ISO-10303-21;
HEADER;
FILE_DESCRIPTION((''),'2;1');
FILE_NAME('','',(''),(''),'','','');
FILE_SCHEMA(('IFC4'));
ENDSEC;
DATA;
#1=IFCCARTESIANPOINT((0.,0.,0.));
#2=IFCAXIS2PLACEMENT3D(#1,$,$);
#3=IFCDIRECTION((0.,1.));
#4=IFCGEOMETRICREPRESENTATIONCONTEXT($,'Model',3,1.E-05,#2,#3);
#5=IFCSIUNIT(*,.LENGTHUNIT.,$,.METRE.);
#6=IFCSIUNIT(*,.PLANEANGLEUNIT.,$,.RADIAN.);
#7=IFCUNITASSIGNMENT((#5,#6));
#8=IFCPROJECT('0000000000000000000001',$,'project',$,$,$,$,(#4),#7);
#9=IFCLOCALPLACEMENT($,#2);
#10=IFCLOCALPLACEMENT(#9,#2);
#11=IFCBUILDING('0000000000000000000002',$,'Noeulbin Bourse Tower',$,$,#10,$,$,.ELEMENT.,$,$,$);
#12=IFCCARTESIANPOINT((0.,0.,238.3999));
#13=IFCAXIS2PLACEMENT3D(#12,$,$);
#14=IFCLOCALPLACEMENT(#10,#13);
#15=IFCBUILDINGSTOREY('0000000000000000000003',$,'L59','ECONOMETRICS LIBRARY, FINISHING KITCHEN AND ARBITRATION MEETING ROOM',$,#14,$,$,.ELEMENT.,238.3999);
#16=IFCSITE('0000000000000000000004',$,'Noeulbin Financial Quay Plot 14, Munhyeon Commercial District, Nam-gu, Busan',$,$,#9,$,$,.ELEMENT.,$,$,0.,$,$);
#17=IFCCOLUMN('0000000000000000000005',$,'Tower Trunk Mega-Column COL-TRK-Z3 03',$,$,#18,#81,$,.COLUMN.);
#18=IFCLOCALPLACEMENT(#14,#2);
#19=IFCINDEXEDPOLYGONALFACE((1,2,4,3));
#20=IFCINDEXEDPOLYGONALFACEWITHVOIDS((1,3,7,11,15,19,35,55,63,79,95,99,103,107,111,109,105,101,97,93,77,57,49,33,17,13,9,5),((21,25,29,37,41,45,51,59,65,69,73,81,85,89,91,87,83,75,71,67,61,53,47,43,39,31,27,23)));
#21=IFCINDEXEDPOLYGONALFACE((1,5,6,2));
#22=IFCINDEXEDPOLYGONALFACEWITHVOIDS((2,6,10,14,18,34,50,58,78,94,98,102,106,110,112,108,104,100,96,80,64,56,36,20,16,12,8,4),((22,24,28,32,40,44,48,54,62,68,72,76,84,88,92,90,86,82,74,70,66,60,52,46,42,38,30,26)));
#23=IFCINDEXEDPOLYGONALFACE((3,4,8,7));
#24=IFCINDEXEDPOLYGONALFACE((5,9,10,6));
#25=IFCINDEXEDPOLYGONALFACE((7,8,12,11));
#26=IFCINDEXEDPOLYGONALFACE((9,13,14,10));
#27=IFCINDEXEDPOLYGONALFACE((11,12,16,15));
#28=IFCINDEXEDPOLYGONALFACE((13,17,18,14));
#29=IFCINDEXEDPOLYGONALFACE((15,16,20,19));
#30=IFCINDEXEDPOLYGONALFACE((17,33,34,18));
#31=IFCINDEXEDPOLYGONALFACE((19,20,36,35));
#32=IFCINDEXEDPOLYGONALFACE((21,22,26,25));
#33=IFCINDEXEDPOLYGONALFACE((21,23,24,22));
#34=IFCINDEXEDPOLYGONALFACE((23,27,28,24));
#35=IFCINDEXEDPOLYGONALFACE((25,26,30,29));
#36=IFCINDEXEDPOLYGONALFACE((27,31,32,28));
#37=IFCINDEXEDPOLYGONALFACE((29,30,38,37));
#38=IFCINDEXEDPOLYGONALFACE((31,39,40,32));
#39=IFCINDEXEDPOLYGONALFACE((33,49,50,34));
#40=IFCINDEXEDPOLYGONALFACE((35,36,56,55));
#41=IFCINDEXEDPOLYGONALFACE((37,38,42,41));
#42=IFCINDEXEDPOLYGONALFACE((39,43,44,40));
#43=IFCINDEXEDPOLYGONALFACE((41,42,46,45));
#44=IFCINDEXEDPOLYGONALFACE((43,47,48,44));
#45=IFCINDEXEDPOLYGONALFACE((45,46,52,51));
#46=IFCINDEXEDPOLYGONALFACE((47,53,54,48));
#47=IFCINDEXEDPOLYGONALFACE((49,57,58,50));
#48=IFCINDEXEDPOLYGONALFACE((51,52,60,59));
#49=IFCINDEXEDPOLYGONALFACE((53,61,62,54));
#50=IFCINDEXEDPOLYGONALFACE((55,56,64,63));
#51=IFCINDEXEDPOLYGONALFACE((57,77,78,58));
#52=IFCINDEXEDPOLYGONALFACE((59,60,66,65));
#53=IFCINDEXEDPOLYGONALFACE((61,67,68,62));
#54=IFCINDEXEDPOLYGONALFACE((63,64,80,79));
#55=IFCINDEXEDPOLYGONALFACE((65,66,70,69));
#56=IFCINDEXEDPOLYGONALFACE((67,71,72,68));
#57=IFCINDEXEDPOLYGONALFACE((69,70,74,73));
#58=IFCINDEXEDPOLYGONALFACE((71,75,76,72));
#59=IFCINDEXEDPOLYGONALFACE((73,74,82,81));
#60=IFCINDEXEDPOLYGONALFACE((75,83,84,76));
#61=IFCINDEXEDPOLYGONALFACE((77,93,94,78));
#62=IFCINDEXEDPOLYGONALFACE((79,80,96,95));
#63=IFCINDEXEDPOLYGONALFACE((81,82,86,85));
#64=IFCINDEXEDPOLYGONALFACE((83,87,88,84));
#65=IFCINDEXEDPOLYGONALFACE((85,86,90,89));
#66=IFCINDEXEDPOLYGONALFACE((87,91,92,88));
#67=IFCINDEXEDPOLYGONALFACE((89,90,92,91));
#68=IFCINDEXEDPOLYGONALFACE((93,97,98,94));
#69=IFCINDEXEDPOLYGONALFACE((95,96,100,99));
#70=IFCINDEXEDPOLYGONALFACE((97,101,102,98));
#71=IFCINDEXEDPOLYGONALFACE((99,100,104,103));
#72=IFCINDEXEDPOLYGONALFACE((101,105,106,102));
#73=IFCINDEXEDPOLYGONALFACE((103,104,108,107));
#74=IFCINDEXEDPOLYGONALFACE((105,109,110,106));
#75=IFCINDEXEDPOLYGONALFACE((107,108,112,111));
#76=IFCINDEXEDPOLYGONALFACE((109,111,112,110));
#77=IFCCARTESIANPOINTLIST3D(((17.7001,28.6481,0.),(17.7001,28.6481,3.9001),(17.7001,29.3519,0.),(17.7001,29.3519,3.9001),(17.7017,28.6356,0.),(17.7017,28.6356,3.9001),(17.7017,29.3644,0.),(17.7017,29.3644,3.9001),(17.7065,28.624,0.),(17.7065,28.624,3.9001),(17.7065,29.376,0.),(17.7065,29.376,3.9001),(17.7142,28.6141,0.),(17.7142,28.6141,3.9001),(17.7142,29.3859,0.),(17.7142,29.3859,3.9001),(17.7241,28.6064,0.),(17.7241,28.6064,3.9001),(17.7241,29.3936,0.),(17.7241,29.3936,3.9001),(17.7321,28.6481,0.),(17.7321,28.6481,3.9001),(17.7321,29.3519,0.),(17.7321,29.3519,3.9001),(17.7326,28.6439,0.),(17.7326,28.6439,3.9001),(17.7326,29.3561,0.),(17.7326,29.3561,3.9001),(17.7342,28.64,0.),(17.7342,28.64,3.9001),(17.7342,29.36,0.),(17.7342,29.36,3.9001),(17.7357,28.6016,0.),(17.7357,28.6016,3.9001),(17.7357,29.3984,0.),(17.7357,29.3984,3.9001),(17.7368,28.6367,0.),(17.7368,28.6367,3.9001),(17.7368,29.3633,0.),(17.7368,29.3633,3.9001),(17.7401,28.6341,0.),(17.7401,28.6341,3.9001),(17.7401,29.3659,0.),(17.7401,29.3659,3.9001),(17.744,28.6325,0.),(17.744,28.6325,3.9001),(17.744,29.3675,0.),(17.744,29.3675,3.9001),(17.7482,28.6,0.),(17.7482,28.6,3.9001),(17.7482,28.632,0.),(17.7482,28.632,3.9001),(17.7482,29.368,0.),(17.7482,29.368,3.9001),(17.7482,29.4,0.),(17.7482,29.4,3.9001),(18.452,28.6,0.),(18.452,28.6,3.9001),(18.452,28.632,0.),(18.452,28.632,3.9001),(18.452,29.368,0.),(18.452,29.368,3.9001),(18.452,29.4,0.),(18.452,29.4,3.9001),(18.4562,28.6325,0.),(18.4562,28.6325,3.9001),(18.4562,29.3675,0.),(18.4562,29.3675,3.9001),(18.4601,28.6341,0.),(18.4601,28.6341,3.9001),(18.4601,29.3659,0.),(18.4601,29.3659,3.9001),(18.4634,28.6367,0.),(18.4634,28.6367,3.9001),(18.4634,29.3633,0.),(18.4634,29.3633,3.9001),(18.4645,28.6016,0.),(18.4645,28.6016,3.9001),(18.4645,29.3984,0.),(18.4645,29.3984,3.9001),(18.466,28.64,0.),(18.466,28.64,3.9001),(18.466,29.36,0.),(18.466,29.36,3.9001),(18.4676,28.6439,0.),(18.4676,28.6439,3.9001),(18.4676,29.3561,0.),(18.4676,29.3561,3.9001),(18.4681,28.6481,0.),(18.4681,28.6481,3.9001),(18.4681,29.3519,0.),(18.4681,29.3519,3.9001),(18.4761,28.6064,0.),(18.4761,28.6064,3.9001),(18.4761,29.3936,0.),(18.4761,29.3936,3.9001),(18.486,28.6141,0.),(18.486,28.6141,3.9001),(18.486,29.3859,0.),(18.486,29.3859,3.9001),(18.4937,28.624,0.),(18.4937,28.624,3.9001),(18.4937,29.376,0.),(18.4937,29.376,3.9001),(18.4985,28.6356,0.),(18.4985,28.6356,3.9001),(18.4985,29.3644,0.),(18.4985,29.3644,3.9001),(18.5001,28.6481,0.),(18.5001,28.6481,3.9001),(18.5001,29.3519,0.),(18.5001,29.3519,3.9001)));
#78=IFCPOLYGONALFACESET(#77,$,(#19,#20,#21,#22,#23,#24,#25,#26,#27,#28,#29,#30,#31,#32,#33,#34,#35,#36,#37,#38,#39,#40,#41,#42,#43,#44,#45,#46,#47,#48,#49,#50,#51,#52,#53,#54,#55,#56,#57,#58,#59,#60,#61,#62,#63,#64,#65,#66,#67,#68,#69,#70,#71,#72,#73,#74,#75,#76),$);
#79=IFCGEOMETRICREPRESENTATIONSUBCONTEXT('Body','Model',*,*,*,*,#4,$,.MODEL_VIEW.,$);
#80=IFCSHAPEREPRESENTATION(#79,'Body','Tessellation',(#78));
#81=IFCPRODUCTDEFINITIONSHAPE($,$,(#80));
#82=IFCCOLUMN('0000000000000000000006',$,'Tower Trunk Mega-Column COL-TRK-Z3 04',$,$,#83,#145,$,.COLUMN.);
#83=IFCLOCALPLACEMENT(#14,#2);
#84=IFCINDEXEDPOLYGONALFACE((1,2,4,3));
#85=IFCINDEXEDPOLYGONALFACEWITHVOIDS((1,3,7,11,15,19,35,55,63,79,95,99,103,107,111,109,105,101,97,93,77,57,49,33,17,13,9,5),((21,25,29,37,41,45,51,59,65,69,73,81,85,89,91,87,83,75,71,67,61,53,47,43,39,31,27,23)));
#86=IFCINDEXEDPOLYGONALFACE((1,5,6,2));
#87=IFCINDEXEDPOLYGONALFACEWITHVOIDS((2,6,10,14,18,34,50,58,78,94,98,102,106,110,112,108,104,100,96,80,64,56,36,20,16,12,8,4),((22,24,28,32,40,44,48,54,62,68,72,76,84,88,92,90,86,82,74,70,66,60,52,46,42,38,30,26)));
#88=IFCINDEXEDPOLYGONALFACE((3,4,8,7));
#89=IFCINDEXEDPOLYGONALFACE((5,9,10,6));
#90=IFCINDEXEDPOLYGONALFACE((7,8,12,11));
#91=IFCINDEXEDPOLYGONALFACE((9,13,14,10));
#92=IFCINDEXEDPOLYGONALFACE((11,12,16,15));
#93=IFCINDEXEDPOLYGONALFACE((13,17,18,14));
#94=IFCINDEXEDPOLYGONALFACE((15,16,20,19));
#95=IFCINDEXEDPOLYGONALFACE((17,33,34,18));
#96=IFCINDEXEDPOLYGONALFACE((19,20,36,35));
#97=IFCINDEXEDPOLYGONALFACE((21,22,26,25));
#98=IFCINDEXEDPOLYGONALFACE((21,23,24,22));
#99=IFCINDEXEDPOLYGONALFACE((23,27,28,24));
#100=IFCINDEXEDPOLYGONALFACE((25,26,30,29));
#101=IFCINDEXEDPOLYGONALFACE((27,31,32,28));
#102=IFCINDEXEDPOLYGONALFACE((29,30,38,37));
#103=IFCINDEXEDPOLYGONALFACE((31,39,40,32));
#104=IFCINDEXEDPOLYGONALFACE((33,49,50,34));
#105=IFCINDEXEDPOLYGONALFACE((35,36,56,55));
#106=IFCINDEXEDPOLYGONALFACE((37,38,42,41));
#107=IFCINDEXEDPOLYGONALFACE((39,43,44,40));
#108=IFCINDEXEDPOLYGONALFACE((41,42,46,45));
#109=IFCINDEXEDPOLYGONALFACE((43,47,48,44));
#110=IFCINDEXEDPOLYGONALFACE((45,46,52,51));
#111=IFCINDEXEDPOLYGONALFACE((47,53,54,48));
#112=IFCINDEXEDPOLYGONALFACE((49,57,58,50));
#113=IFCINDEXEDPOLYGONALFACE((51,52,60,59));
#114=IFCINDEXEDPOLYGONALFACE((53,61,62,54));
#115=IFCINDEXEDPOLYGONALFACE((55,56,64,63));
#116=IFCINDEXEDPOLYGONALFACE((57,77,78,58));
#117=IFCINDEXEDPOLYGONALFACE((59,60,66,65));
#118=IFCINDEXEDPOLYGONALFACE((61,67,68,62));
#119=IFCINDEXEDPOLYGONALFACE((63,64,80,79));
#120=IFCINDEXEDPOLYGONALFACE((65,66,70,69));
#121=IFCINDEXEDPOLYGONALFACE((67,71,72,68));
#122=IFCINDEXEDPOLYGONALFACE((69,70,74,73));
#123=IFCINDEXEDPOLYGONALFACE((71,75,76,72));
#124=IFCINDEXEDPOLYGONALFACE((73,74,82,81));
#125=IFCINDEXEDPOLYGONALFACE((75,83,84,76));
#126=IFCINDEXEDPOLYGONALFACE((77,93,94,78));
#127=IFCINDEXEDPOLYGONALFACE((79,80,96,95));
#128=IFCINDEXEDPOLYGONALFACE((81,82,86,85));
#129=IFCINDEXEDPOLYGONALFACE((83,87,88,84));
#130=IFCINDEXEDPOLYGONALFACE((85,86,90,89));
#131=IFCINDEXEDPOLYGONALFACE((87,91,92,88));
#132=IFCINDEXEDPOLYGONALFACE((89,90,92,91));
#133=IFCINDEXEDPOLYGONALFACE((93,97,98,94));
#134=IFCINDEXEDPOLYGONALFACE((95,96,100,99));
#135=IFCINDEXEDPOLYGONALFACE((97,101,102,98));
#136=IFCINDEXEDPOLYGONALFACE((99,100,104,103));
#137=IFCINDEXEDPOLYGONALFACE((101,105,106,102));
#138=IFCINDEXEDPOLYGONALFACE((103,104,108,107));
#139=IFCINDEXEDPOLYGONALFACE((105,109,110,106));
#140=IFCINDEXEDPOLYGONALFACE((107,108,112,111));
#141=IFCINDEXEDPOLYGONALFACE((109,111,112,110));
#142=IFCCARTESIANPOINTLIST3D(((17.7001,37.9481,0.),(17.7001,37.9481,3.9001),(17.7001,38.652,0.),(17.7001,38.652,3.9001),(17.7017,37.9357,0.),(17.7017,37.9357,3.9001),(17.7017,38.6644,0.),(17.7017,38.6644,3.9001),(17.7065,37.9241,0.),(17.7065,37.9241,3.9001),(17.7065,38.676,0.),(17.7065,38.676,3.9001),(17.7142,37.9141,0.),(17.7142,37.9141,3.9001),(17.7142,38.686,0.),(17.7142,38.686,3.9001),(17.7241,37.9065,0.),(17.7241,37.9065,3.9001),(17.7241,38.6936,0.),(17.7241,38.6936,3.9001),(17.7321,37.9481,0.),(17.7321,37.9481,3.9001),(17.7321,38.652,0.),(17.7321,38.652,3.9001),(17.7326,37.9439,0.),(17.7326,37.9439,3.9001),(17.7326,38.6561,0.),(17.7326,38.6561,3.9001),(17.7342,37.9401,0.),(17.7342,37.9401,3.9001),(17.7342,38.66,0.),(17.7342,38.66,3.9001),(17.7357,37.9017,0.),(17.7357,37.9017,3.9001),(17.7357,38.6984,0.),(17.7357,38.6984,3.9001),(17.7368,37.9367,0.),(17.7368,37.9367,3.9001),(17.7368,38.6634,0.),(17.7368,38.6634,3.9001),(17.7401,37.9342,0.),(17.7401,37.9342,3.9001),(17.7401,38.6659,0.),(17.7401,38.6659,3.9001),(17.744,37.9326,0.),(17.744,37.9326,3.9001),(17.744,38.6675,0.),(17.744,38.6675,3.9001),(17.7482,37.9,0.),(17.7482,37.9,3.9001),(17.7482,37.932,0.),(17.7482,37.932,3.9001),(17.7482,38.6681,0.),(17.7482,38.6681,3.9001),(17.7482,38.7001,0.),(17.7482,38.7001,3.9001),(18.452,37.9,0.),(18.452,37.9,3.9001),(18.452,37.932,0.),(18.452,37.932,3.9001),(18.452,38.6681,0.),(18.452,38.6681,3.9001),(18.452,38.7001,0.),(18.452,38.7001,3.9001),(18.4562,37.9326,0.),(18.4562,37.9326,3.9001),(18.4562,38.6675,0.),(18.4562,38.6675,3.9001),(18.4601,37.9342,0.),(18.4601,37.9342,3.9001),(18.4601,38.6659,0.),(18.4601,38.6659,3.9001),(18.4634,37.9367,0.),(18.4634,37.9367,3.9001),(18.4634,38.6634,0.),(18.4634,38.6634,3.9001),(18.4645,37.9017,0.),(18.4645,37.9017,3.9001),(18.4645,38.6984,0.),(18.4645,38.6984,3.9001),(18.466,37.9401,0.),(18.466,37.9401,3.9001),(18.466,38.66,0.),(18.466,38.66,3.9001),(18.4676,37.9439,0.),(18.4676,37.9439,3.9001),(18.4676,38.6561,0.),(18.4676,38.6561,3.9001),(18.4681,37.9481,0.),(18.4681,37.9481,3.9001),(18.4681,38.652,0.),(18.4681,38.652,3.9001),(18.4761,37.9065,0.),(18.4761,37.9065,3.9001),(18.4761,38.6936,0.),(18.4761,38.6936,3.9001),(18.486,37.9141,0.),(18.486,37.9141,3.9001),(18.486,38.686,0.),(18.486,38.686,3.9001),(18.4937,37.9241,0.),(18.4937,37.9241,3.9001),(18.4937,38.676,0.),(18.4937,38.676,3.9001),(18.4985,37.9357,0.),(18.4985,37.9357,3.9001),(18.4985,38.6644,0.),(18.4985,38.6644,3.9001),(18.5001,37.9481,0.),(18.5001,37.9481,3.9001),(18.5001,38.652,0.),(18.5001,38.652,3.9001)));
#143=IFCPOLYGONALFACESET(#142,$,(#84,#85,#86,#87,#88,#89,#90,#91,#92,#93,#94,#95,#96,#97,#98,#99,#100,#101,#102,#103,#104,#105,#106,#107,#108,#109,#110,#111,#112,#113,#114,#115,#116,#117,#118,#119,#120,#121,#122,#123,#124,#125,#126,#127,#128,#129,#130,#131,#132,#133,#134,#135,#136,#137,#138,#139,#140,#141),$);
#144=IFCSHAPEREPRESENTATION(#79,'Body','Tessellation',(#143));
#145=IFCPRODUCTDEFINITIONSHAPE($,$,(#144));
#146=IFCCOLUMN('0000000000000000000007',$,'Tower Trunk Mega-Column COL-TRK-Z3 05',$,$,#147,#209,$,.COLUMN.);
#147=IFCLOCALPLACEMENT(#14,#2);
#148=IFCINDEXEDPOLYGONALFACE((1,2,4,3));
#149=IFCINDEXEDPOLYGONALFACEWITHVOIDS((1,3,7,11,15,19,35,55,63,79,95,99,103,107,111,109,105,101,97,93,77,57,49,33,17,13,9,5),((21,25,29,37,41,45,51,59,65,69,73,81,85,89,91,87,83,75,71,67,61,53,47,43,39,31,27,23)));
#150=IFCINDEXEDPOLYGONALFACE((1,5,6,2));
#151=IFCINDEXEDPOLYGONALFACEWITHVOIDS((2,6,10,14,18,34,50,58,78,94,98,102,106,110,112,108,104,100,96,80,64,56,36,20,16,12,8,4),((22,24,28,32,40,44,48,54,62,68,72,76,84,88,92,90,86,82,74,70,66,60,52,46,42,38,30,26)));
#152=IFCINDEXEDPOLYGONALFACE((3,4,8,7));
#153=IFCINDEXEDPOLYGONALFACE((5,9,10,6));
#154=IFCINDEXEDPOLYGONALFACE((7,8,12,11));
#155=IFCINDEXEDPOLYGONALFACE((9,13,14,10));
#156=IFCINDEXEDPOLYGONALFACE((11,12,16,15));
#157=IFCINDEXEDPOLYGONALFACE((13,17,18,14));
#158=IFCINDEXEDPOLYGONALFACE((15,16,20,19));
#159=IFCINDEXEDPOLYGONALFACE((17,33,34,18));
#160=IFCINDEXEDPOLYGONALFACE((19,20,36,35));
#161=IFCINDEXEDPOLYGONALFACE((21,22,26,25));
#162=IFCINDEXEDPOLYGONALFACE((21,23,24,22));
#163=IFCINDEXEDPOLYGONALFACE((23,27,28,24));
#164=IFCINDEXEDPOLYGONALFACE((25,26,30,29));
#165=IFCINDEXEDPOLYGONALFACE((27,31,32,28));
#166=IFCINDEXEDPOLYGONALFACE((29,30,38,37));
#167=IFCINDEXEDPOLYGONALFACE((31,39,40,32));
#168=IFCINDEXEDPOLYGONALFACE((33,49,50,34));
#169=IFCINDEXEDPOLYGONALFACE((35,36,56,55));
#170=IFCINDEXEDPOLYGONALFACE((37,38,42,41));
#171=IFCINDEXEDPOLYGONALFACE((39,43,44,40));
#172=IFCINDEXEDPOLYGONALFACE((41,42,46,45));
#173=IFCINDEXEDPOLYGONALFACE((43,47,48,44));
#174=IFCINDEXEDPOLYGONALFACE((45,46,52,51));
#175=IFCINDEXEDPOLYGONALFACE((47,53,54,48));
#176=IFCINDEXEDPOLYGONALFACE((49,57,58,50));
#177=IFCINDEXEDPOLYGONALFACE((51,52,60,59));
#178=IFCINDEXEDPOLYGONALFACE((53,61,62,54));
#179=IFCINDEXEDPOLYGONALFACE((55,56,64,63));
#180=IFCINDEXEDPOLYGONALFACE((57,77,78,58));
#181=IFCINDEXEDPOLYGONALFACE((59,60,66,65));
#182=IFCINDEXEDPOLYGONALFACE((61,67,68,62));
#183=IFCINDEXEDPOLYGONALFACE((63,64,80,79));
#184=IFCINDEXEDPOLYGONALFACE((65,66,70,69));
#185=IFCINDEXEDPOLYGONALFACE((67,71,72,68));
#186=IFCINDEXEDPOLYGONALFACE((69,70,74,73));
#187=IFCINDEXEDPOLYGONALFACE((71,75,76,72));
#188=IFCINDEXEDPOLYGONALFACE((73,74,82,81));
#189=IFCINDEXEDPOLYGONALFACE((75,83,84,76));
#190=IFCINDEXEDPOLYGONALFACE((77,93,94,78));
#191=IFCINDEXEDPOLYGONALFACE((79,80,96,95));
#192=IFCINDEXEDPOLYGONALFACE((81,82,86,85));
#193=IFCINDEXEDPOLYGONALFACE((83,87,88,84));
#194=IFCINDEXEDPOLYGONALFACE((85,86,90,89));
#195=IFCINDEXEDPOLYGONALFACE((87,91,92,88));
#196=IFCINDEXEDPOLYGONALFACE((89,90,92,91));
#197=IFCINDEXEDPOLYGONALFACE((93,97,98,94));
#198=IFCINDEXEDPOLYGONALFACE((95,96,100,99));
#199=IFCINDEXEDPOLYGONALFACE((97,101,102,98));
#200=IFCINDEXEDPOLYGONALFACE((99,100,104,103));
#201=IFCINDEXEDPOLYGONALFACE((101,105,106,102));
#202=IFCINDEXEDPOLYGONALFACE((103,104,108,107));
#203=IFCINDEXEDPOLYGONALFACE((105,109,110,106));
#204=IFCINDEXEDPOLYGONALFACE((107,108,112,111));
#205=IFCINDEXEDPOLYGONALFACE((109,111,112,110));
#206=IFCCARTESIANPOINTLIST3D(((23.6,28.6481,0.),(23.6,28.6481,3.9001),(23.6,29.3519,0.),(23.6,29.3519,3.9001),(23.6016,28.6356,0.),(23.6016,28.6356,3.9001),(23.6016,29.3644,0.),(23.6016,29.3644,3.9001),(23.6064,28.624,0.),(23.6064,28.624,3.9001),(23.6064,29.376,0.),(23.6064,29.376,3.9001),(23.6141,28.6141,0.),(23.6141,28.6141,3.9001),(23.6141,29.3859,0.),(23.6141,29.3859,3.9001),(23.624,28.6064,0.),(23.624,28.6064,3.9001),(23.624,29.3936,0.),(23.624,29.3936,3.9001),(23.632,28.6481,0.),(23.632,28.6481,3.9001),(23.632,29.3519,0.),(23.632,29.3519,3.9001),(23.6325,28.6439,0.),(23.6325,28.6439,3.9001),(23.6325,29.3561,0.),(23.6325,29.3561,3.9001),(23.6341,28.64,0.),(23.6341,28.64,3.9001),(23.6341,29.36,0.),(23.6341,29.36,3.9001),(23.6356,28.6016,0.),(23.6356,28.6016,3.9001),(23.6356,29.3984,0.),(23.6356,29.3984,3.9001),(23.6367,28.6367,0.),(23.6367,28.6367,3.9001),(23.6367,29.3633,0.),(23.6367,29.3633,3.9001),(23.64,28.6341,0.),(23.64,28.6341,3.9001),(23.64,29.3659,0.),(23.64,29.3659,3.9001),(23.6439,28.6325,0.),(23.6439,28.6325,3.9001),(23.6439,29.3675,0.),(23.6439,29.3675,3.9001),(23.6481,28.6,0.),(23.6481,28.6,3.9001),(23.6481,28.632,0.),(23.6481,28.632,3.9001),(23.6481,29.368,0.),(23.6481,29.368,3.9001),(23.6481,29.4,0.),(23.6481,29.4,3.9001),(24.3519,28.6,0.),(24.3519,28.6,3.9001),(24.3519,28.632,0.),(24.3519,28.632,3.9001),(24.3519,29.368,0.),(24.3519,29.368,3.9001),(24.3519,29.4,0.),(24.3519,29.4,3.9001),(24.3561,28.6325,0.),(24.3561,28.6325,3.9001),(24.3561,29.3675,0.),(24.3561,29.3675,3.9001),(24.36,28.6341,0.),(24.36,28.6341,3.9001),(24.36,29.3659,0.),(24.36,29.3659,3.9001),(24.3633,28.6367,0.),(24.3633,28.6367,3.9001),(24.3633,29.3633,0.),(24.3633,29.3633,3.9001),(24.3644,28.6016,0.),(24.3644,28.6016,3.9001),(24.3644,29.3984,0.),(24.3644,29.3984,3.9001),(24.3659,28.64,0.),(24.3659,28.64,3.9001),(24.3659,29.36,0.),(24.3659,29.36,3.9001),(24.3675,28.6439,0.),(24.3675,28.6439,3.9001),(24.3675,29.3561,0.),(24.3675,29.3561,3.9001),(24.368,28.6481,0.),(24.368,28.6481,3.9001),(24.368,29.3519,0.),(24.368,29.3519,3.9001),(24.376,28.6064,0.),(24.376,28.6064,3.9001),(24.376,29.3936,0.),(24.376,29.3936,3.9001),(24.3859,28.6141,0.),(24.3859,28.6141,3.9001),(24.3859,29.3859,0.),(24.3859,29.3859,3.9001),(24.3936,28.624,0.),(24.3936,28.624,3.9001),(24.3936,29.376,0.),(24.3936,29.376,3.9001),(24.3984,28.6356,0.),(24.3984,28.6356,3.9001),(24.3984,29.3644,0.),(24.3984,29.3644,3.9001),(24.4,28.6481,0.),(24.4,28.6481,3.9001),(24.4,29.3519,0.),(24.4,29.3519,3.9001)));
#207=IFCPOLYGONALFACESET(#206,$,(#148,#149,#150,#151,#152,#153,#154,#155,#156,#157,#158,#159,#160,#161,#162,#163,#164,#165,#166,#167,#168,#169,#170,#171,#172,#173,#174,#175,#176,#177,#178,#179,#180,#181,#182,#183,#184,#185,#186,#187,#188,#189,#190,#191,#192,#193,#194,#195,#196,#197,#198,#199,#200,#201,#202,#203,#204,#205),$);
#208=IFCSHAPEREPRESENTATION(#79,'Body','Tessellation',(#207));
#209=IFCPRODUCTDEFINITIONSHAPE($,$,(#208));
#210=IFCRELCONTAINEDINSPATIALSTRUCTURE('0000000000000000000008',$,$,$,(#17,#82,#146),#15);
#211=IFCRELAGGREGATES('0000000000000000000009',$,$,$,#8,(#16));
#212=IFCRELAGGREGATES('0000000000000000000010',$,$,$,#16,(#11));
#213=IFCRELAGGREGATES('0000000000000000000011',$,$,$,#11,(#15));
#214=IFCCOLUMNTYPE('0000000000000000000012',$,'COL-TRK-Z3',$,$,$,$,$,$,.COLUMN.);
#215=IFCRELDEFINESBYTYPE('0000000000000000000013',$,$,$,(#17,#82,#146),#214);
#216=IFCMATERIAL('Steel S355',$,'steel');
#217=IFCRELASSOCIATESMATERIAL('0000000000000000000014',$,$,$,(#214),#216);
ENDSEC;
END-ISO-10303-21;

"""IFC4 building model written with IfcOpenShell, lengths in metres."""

from ifc_helpers import new_model, si_unit, direction, frame, origin, origin_2d, place, context, subcontext, project, spatial, hollow_rectangle, extrude, material, material_profile, profile_set, type_object, element, save


model = new_model("IFC4")

# Units and contexts
model_context = context("Model", 3, precision=1e-05, world=origin(), true_north=direction((0.0, 1.0)))
body_context = subcontext(model_context, "Body", "Model", "MODEL_VIEW")
ifc_project = project(units=[si_unit("LENGTHUNIT", "METRE"), si_unit("PLANEANGLEUNIT", "RADIAN")], contexts=[model_context])

# Site, building, storey
site_placement = place(None, origin())
site = spatial("IfcSite", under=ifc_project, at=site_placement, Name="Noeulbin Financial Quay Plot 14, Munhyeon Commercial District, Nam-gu, Busan", CompositionType="ELEMENT", RefElevation=0.0)
building_placement = place(site_placement, origin())
building = spatial("IfcBuilding", under=site, at=building_placement, Name="Noeulbin Bourse Tower", CompositionType="ELEMENT")
storey_placement = place(building_placement, frame((0.0, 0.0, 238.3999)))
storey = spatial("IfcBuildingStorey", under=building, at=storey_placement, Name="L59", Description="ECONOMETRICS LIBRARY, FINISHING KITCHEN AND ARBITRATION MEETING ROOM", CompositionType="ELEMENT", Elevation=238.3999)

# Columns
ifc_material_1 = material(Name="Steel S355", Category="steel")
ifc_material_profile_1 = material_profile(ifc_material_1, hollow_rectangle(XDim=0.8, YDim=0.8, WallThickness=0.032, InnerFilletRadius=0.0161, OuterFilletRadius=0.0481, at=origin_2d()), Name="BOX-800x800x32", Category="LoadBearing")
ifc_profile_set_1 = profile_set([ifc_material_profile_1], Name="Steel S355")
column_type = type_object("IfcColumnType", Name="COL-TRK-Z3", PredefinedType="COLUMN", material=ifc_profile_set_1)
for number, where, z_axis, x_axis, name in (
    (1, (18.1001, 29.0, 0.0), (0.0, 0.0, 1.0), (1.0, 0.0, 0.0), "Tower Trunk Mega-Column COL-TRK-Z3 03"),
    (2, (18.1001, 38.3, 0.0), (0.0, 0.0, 1.0), (1.0, 0.0, 0.0), "Tower Trunk Mega-Column COL-TRK-Z3 04"),
    (3, (24.0, 29.0, 0.0), (0.0, 0.0, 1.0), (1.0, 0.0, 0.0), "Tower Trunk Mega-Column COL-TRK-Z3 05"),
):
    element("IfcColumn", number, at=place(storey_placement, frame(where, z_axis=z_axis, x_axis=x_axis)), inside=storey, type_object=column_type, Name=name, PredefinedType="COLUMN", context=body_context, shape_type="SweptSolid", body=[
        extrude(hollow_rectangle(XDim=0.8, YDim=0.8, WallThickness=0.032, InnerFilletRadius=0.0161, OuterFilletRadius=0.0481, at=origin_2d()), origin(), (0.0, 0.0, 1.0), 3.9001),
    ])

save(model, "model.ifc")
